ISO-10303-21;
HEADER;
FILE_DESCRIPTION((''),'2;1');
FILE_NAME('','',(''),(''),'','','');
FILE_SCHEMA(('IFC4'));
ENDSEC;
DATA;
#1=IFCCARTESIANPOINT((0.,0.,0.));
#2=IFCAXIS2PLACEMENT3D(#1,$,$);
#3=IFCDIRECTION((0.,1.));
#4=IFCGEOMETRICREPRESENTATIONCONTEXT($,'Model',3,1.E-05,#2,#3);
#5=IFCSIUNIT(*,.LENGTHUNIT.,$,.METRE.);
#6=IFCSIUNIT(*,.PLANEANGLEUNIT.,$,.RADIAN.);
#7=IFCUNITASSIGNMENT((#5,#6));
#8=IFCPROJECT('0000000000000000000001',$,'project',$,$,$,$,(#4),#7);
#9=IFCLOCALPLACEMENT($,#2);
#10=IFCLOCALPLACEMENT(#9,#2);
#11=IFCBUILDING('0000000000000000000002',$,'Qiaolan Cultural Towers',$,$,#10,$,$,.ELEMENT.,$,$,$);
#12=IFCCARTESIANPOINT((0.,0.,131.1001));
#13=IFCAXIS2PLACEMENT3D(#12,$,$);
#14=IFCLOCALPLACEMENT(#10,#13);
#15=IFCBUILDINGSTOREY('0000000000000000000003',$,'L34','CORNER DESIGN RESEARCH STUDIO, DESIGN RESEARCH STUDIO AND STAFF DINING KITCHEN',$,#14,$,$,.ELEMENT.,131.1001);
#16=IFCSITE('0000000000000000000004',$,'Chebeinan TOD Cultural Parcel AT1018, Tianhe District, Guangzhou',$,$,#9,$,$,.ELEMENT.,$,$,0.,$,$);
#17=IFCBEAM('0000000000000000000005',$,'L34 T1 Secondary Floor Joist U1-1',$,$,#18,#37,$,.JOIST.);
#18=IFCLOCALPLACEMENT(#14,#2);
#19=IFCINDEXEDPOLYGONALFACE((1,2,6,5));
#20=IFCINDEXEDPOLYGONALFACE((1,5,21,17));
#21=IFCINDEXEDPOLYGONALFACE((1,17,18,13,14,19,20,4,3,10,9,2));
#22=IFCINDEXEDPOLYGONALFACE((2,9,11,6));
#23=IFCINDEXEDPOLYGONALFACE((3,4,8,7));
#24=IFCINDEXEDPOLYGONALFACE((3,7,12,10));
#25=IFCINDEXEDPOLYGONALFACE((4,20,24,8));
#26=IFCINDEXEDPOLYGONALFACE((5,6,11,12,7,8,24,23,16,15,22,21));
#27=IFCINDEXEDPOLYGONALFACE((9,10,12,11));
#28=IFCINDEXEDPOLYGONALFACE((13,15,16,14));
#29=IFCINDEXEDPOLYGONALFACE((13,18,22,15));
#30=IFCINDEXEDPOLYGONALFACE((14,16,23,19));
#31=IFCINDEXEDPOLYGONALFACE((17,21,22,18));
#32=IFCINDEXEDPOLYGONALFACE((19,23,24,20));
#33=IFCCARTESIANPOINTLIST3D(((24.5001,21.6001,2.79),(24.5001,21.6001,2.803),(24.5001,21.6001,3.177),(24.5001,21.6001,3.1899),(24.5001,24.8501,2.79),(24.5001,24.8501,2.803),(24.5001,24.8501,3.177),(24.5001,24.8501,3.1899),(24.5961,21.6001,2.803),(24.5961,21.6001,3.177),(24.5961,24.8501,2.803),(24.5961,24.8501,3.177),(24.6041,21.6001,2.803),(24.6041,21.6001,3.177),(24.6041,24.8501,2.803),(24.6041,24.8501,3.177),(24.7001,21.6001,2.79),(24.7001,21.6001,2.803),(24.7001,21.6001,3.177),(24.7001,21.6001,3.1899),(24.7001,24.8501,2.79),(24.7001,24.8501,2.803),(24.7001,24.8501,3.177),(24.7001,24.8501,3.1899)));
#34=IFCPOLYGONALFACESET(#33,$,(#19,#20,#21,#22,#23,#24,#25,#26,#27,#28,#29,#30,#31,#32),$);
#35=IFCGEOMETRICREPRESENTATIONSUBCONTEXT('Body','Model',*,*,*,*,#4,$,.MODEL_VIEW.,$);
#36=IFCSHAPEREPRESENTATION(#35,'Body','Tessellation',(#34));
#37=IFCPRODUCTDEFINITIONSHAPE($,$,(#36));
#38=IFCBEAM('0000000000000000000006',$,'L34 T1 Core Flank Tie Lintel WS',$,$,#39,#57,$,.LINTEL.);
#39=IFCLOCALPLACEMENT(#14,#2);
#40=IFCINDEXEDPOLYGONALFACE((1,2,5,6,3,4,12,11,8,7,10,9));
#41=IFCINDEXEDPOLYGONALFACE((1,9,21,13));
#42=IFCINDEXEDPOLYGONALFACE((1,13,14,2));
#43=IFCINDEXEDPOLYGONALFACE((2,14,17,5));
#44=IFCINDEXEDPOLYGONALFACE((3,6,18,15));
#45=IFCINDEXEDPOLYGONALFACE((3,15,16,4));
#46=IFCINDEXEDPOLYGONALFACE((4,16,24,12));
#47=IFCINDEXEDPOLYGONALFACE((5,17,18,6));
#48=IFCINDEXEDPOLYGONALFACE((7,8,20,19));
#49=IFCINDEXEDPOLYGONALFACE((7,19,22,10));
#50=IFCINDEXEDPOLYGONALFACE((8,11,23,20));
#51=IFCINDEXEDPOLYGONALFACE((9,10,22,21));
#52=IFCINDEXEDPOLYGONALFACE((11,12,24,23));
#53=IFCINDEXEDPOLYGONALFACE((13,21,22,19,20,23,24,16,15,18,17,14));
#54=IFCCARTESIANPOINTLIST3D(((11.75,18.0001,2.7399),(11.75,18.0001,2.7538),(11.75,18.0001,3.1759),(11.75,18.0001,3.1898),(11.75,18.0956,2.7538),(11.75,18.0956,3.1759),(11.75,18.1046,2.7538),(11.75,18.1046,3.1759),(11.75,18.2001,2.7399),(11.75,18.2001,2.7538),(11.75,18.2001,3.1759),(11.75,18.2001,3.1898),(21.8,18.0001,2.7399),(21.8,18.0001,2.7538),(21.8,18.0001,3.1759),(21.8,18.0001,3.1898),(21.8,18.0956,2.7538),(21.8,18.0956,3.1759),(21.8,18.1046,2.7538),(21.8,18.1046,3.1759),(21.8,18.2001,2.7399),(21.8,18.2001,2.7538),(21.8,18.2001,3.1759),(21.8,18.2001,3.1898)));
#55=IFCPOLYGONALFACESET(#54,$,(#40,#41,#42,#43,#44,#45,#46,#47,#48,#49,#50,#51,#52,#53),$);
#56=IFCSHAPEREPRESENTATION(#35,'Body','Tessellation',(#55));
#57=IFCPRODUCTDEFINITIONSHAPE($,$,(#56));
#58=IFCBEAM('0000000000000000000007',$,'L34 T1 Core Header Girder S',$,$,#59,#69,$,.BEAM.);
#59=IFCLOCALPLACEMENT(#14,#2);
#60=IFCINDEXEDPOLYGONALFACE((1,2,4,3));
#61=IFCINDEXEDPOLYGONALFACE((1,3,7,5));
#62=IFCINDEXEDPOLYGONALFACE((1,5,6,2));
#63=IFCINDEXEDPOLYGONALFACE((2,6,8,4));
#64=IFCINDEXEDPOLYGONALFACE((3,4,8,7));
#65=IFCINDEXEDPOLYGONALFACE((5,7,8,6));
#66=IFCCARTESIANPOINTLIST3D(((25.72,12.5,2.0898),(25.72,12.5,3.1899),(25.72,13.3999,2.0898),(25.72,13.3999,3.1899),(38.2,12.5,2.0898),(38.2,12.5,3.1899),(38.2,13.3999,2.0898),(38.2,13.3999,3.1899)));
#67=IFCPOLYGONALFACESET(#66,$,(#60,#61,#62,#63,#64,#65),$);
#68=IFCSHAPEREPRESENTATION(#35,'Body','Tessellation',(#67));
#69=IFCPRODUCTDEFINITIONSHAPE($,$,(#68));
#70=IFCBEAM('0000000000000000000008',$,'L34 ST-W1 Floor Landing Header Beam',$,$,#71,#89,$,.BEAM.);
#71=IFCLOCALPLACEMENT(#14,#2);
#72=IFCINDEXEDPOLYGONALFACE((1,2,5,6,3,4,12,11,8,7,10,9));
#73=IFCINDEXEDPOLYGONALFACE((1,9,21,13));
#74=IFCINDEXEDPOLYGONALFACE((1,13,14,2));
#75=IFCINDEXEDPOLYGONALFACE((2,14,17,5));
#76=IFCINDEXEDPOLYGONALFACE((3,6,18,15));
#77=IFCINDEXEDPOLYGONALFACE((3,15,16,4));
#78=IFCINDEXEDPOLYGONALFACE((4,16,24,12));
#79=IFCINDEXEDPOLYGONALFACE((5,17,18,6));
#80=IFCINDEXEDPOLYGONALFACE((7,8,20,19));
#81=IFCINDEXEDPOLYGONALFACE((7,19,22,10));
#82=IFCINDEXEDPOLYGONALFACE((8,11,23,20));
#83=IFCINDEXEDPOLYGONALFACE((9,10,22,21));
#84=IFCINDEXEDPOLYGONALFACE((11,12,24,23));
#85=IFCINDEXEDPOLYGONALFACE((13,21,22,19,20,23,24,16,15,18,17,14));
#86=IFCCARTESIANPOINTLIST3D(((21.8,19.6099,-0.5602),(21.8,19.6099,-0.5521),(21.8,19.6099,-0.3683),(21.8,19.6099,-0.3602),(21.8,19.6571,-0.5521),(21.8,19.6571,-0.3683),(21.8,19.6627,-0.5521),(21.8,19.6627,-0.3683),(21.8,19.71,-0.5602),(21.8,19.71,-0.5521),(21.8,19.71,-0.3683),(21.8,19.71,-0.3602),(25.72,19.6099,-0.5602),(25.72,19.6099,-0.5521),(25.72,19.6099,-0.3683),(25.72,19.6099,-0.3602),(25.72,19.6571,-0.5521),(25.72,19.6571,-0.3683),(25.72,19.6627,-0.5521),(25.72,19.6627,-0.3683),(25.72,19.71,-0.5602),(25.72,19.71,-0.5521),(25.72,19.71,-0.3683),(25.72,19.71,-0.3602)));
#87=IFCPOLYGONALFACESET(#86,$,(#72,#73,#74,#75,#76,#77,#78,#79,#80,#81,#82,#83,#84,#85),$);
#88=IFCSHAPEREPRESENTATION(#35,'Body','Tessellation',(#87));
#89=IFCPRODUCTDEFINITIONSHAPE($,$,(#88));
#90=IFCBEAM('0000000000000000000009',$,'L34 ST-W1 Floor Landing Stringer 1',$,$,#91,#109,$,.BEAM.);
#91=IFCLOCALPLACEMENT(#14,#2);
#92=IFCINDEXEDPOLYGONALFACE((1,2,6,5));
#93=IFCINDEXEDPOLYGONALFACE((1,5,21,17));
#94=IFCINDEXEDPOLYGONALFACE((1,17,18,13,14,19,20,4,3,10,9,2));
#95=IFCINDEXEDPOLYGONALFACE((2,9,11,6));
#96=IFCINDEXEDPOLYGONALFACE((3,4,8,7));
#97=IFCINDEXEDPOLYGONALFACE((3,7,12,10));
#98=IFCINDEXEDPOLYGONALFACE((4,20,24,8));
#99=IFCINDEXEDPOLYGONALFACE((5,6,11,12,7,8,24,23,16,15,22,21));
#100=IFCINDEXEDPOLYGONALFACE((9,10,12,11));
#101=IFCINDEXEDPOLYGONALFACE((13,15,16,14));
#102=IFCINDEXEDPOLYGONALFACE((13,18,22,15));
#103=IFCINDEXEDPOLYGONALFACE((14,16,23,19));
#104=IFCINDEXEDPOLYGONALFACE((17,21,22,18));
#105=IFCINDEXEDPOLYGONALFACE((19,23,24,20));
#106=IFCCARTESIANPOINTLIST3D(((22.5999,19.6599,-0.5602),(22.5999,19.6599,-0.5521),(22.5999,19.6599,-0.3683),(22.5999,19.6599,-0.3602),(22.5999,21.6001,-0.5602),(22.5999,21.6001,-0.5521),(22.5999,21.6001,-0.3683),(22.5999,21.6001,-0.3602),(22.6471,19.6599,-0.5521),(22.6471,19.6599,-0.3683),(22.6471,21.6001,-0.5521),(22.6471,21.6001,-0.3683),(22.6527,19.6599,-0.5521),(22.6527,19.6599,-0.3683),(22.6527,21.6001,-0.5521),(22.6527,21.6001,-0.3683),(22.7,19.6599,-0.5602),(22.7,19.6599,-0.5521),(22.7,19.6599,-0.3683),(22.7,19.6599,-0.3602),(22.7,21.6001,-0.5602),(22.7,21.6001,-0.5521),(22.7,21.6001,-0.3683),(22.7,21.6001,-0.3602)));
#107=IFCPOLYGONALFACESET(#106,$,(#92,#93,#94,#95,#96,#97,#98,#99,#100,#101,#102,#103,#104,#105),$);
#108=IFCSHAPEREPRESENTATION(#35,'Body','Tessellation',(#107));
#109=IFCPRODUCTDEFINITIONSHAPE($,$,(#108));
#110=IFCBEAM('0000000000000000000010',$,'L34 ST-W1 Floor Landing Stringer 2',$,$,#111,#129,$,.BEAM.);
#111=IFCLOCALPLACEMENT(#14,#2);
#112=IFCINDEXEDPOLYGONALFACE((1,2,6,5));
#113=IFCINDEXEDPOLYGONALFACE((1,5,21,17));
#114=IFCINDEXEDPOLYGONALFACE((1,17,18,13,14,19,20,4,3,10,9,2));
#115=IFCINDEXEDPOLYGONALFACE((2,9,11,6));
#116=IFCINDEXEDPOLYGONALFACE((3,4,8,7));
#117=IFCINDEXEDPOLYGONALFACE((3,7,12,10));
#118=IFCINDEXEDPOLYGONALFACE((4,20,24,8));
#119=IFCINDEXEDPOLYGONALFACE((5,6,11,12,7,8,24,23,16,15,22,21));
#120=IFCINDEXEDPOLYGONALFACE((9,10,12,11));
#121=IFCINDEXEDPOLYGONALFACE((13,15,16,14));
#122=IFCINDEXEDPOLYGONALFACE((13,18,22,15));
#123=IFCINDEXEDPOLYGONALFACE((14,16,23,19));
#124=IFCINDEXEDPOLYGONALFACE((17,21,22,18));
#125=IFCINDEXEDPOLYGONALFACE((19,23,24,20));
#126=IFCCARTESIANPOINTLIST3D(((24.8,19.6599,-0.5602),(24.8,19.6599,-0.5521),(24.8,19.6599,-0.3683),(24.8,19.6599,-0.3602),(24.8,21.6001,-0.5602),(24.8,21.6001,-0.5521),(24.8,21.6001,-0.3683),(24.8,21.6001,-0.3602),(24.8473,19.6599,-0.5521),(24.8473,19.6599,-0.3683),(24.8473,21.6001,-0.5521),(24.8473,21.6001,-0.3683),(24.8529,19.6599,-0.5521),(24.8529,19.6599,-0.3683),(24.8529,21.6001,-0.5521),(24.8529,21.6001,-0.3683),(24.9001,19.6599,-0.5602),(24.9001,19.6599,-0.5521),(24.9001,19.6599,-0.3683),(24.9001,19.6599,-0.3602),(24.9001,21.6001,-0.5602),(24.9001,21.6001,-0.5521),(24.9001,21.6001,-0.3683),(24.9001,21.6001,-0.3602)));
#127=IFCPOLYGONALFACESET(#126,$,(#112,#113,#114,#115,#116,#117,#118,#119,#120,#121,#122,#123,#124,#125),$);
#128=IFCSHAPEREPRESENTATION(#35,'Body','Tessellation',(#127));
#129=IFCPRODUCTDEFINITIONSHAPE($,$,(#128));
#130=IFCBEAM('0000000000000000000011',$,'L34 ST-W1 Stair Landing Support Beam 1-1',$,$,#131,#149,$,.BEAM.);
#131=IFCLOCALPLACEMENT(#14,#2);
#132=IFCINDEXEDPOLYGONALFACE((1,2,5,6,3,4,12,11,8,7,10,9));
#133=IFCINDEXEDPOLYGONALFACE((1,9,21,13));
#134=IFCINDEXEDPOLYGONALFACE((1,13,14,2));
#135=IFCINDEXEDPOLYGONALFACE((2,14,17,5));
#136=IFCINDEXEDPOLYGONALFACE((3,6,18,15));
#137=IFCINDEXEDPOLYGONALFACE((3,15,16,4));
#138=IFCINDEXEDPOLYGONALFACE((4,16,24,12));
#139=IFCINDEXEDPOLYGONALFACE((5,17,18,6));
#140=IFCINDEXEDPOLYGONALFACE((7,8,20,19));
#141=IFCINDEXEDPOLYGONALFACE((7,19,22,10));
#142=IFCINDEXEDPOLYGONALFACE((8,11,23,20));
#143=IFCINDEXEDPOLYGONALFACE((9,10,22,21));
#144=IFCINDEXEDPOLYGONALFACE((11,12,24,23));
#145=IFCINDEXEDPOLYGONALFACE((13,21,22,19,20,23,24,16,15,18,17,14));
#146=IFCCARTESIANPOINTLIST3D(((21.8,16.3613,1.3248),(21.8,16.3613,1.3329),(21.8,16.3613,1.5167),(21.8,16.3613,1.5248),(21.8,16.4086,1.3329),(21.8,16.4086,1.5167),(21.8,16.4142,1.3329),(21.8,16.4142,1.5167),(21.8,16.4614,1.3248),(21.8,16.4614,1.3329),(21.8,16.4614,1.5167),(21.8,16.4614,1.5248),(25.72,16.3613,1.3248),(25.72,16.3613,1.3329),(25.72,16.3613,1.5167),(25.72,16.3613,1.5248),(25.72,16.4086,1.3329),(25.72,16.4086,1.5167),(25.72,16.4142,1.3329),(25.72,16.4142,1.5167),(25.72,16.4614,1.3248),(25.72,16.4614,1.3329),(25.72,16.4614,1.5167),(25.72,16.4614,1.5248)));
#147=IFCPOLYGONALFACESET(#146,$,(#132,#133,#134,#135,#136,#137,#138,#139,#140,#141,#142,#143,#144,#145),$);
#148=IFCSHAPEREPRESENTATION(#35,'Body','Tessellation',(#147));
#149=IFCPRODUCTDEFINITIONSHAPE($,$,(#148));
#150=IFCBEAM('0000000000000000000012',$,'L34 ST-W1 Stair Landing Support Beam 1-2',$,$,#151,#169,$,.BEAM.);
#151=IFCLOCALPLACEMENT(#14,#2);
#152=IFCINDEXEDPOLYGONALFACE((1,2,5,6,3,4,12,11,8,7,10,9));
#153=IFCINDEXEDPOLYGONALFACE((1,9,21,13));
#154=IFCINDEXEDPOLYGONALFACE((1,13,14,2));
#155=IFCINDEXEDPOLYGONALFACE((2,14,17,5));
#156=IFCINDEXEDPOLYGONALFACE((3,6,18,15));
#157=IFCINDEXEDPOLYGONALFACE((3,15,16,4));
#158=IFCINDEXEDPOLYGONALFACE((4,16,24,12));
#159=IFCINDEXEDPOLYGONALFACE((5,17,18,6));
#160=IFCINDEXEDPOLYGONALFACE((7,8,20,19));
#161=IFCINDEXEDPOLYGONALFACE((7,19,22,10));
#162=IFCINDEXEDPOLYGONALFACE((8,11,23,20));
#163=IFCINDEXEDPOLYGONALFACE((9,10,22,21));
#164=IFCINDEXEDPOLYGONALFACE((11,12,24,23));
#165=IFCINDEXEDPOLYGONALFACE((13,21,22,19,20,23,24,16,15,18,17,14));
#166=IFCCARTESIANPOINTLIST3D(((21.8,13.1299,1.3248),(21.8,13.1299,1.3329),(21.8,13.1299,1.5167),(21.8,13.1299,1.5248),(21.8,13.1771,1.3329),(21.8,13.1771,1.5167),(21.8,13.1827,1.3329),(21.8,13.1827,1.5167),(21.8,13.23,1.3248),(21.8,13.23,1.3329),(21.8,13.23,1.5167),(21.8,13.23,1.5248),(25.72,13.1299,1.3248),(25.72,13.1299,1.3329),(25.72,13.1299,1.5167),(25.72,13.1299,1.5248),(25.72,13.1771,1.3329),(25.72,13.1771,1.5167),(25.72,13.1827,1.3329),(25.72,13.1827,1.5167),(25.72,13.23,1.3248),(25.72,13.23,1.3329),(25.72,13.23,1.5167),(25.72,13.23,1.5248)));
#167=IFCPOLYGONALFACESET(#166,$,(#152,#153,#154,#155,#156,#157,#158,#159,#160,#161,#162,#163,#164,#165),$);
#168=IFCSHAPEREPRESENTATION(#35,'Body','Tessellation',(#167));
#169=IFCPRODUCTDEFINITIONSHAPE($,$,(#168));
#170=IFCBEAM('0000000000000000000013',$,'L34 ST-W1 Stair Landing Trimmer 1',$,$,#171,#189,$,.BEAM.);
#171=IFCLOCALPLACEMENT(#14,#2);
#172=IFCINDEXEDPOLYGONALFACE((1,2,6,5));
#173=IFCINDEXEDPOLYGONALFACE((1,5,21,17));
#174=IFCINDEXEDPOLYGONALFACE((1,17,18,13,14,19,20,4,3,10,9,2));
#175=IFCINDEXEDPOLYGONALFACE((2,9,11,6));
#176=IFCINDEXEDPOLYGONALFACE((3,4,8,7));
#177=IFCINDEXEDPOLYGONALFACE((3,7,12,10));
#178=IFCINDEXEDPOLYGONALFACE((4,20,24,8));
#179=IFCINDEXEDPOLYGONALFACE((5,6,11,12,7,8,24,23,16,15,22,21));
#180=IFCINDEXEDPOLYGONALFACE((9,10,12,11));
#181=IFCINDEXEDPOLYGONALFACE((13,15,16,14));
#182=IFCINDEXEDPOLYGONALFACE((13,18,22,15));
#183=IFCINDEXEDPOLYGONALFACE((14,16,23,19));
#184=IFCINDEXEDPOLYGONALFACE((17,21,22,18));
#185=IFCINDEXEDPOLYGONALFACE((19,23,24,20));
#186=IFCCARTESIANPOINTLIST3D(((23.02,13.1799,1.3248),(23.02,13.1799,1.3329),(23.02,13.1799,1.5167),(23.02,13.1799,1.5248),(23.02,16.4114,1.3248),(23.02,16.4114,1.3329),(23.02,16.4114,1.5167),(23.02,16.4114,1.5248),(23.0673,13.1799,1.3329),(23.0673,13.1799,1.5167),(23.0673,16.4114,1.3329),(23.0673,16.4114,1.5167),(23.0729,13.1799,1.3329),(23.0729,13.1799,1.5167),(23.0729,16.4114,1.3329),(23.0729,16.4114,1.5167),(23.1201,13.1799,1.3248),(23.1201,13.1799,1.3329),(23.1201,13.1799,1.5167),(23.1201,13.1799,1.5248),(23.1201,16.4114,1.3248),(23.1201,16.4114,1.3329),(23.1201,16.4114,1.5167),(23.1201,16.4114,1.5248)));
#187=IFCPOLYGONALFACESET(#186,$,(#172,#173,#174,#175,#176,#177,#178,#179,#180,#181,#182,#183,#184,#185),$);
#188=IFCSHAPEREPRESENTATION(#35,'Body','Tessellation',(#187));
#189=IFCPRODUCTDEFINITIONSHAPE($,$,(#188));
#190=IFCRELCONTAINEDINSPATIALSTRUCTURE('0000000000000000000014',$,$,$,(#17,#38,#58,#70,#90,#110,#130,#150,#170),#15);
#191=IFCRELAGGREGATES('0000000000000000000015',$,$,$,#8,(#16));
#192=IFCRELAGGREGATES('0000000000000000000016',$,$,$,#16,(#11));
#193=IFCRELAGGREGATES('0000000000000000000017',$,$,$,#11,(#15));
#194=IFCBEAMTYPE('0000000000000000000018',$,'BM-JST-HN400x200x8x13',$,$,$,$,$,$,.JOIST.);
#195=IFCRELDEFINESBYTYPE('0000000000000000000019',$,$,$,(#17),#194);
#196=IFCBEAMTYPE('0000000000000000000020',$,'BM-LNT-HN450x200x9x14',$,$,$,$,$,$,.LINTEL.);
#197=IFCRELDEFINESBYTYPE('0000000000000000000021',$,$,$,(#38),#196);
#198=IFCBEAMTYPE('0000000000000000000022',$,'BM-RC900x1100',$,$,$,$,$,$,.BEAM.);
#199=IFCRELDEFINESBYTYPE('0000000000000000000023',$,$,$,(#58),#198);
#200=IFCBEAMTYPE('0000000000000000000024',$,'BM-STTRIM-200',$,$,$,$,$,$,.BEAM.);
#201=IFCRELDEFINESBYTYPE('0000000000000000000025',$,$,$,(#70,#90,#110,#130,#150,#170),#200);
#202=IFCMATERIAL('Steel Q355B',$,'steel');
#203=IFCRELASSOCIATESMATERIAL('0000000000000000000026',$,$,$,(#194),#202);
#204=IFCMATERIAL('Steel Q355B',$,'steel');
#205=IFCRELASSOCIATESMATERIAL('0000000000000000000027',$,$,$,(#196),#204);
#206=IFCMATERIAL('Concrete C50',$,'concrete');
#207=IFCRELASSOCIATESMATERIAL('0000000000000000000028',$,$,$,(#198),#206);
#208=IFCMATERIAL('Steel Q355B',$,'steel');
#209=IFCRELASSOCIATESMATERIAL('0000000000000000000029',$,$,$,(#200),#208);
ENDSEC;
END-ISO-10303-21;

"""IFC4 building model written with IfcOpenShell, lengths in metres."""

from ifc_helpers import new_model, si_unit, direction, frame, origin, origin_2d, place, context, subcontext, project, spatial, rectangle, i_section, extrude, material, material_profile, profile_set, type_object, element, save


model = new_model("IFC4")

# Units and contexts
model_context = context("Model", 3, precision=1e-05, world=origin(), true_north=direction((0.0, 1.0)))
body_context = subcontext(model_context, "Body", "Model", "MODEL_VIEW")
ifc_project = project(units=[si_unit("LENGTHUNIT", "METRE"), si_unit("PLANEANGLEUNIT", "RADIAN")], contexts=[model_context])

# Site, building, storey
site_placement = place(None, origin())
site = spatial("IfcSite", under=ifc_project, at=site_placement, Name="Chebeinan TOD Cultural Parcel AT1018, Tianhe District, Guangzhou", CompositionType="ELEMENT", RefElevation=0.0)
building_placement = place(site_placement, origin())
building = spatial("IfcBuilding", under=site, at=building_placement, Name="Qiaolan Cultural Towers", CompositionType="ELEMENT")
storey_placement = place(building_placement, frame((0.0, 0.0, 131.1001)))
storey = spatial("IfcBuildingStorey", under=building, at=storey_placement, Name="L34", Description="CORNER DESIGN RESEARCH STUDIO, DESIGN RESEARCH STUDIO AND STAFF DINING KITCHEN", CompositionType="ELEMENT", Elevation=131.1001)

# Beams
ifc_material_1 = material(Name="Steel Q355B", Category="steel")
ifc_material_profile_1 = material_profile(ifc_material_1, i_section(OverallWidth=0.2, OverallDepth=0.3999, WebThickness=0.0081, FlangeThickness=0.0129, at=origin_2d()), Name="HN400x200x8x13")
ifc_profile_set_1 = profile_set([ifc_material_profile_1], Name="Steel Q355B")
beam_type_1 = type_object("IfcBeamType", Name="BM-JST-HN400x200x8x13", PredefinedType="JOIST", material=ifc_profile_set_1)
beam_1_placement = place(storey_placement, frame((24.6001, 21.6001, 2.99), z_axis=(0.0, 1.0, 0.0), x_axis=(-1.0, 0.0, 0.0)))
element("IfcBeam", 1, at=beam_1_placement, inside=storey, type_object=beam_type_1, Name="L34 T1 Secondary Floor Joist U1-1", PredefinedType="JOIST", context=body_context, shape_type="SweptSolid", body=[
    extrude(i_section(OverallWidth=0.2, OverallDepth=0.3999, WebThickness=0.0081, FlangeThickness=0.0129, at=origin_2d()), origin(), (0.0, 0.0, 1.0), 3.25),
])
ifc_material_2 = material(Name="Steel Q355B", Category="steel")
ifc_material_profile_2 = material_profile(ifc_material_2, i_section(OverallWidth=0.2, OverallDepth=0.45, WebThickness=0.009, FlangeThickness=0.0139, at=origin_2d()), Name="HN450x200x9x14")
ifc_profile_set_2 = profile_set([ifc_material_profile_2], Name="Steel Q355B")
beam_type_2 = type_object("IfcBeamType", Name="BM-LNT-HN450x200x9x14", PredefinedType="LINTEL", material=ifc_profile_set_2)
beam_2_placement = place(storey_placement, frame((21.8, 18.1001, 2.9648), z_axis=(-1.0, 0.0, 0.0), x_axis=(0.0, -1.0, 0.0)))
element("IfcBeam", 2, at=beam_2_placement, inside=storey, type_object=beam_type_2, Name="L34 T1 Core Flank Tie Lintel WS", PredefinedType="LINTEL", context=body_context, shape_type="SweptSolid", body=[
    extrude(i_section(OverallWidth=0.2, OverallDepth=0.45, WebThickness=0.009, FlangeThickness=0.0139, at=origin_2d()), origin(), (0.0, 0.0, 1.0), 10.05),
])
ifc_material_3 = material(Name="Concrete C50", Category="concrete")
ifc_material_profile_3 = material_profile(ifc_material_3, rectangle(XDim=0.8999, YDim=1.1001, at=origin_2d()), Name="RC900x1100")
ifc_profile_set_3 = profile_set([ifc_material_profile_3], Name="Concrete C50")
beam_type_3 = type_object("IfcBeamType", Name="BM-RC900x1100", PredefinedType="BEAM", material=ifc_profile_set_3)
beam_3_placement = place(storey_placement, frame((25.72, 12.95, 2.6399), z_axis=(1.0, 0.0, 0.0), x_axis=(0.0, 1.0, 0.0)))
element("IfcBeam", 3, at=beam_3_placement, inside=storey, type_object=beam_type_3, Name="L34 T1 Core Header Girder S", PredefinedType="BEAM", context=body_context, shape_type="SweptSolid", body=[
    extrude(rectangle(XDim=0.8999, YDim=1.1001, at=origin_2d()), origin(), (0.0, 0.0, 1.0), 12.48),
])
ifc_material_4 = material(Name="Steel Q355B", Category="steel")
ifc_material_profile_4 = material_profile(ifc_material_4, i_section(OverallWidth=0.1001, OverallDepth=0.2, WebThickness=0.0056, FlangeThickness=0.0081, at=origin_2d()), Name="HN200x100x5.5x8")
ifc_profile_set_4 = profile_set([ifc_material_profile_4], Name="Steel Q355B")
beam_type_4 = type_object("IfcBeamType", Name="BM-STTRIM-200", PredefinedType="BEAM", material=ifc_profile_set_4)
beam_4_placement = place(storey_placement, frame((21.8, 19.6599, -0.4602), z_axis=(1.0, 0.0, 0.0), x_axis=(0.0, 1.0, 0.0)))
element("IfcBeam", 4, at=beam_4_placement, inside=storey, type_object=beam_type_4, Name="L34 ST-W1 Floor Landing Header Beam", PredefinedType="BEAM", context=body_context, shape_type="SweptSolid", body=[
    extrude(i_section(OverallWidth=0.1001, OverallDepth=0.2, WebThickness=0.0056, FlangeThickness=0.0081, at=origin_2d()), origin(), (0.0, 0.0, 1.0), 3.9199),
])
for number, where, z_axis, x_axis, name in (
    (5, (22.6499, 21.6001, -0.4602), (0.0, -1.0, 0.0), (1.0, 0.0, 0.0), "L34 ST-W1 Floor Landing Stringer 1"),
    (6, (24.8501, 21.6001, -0.4602), (0.0, -1.0, 0.0), (1.0, 0.0, 0.0), "L34 ST-W1 Floor Landing Stringer 2"),
):
    element("IfcBeam", number, at=place(storey_placement, frame(where, z_axis=z_axis, x_axis=x_axis)), inside=storey, type_object=beam_type_4, Name=name, PredefinedType="BEAM", context=body_context, shape_type="SweptSolid", body=[
        extrude(i_section(OverallWidth=0.1001, OverallDepth=0.2, WebThickness=0.0056, FlangeThickness=0.0081, at=origin_2d()), origin(), (0.0, 0.0, 1.0), 1.9402),
    ])
for number, where, z_axis, x_axis, name in (
    (7, (21.8, 16.4114, 1.4248), (1.0, 0.0, 0.0), (0.0, 1.0, 0.0), "L34 ST-W1 Stair Landing Support Beam 1-1"),
    (8, (21.8, 13.1799, 1.4248), (1.0, 0.0, 0.0), (0.0, 1.0, 0.0), "L34 ST-W1 Stair Landing Support Beam 1-2"),
):
    element("IfcBeam", number, at=place(storey_placement, frame(where, z_axis=z_axis, x_axis=x_axis)), inside=storey, type_object=beam_type_4, Name=name, PredefinedType="BEAM", context=body_context, shape_type="SweptSolid", body=[
        extrude(i_section(OverallWidth=0.1001, OverallDepth=0.2, WebThickness=0.0056, FlangeThickness=0.0081, at=origin_2d()), origin(), (0.0, 0.0, 1.0), 3.9199),
    ])
beam_5_placement = place(storey_placement, frame((23.0701, 16.4114, 1.4248), z_axis=(0.0, -1.0, 0.0), x_axis=(1.0, 0.0, 0.0)))
element("IfcBeam", 9, at=beam_5_placement, inside=storey, type_object=beam_type_4, Name="L34 ST-W1 Stair Landing Trimmer 1", PredefinedType="BEAM", context=body_context, shape_type="SweptSolid", body=[
    extrude(i_section(OverallWidth=0.1001, OverallDepth=0.2, WebThickness=0.0056, FlangeThickness=0.0081, at=origin_2d()), origin(), (0.0, 0.0, 1.0), 3.2314),
])

save(model, "model.ifc")
